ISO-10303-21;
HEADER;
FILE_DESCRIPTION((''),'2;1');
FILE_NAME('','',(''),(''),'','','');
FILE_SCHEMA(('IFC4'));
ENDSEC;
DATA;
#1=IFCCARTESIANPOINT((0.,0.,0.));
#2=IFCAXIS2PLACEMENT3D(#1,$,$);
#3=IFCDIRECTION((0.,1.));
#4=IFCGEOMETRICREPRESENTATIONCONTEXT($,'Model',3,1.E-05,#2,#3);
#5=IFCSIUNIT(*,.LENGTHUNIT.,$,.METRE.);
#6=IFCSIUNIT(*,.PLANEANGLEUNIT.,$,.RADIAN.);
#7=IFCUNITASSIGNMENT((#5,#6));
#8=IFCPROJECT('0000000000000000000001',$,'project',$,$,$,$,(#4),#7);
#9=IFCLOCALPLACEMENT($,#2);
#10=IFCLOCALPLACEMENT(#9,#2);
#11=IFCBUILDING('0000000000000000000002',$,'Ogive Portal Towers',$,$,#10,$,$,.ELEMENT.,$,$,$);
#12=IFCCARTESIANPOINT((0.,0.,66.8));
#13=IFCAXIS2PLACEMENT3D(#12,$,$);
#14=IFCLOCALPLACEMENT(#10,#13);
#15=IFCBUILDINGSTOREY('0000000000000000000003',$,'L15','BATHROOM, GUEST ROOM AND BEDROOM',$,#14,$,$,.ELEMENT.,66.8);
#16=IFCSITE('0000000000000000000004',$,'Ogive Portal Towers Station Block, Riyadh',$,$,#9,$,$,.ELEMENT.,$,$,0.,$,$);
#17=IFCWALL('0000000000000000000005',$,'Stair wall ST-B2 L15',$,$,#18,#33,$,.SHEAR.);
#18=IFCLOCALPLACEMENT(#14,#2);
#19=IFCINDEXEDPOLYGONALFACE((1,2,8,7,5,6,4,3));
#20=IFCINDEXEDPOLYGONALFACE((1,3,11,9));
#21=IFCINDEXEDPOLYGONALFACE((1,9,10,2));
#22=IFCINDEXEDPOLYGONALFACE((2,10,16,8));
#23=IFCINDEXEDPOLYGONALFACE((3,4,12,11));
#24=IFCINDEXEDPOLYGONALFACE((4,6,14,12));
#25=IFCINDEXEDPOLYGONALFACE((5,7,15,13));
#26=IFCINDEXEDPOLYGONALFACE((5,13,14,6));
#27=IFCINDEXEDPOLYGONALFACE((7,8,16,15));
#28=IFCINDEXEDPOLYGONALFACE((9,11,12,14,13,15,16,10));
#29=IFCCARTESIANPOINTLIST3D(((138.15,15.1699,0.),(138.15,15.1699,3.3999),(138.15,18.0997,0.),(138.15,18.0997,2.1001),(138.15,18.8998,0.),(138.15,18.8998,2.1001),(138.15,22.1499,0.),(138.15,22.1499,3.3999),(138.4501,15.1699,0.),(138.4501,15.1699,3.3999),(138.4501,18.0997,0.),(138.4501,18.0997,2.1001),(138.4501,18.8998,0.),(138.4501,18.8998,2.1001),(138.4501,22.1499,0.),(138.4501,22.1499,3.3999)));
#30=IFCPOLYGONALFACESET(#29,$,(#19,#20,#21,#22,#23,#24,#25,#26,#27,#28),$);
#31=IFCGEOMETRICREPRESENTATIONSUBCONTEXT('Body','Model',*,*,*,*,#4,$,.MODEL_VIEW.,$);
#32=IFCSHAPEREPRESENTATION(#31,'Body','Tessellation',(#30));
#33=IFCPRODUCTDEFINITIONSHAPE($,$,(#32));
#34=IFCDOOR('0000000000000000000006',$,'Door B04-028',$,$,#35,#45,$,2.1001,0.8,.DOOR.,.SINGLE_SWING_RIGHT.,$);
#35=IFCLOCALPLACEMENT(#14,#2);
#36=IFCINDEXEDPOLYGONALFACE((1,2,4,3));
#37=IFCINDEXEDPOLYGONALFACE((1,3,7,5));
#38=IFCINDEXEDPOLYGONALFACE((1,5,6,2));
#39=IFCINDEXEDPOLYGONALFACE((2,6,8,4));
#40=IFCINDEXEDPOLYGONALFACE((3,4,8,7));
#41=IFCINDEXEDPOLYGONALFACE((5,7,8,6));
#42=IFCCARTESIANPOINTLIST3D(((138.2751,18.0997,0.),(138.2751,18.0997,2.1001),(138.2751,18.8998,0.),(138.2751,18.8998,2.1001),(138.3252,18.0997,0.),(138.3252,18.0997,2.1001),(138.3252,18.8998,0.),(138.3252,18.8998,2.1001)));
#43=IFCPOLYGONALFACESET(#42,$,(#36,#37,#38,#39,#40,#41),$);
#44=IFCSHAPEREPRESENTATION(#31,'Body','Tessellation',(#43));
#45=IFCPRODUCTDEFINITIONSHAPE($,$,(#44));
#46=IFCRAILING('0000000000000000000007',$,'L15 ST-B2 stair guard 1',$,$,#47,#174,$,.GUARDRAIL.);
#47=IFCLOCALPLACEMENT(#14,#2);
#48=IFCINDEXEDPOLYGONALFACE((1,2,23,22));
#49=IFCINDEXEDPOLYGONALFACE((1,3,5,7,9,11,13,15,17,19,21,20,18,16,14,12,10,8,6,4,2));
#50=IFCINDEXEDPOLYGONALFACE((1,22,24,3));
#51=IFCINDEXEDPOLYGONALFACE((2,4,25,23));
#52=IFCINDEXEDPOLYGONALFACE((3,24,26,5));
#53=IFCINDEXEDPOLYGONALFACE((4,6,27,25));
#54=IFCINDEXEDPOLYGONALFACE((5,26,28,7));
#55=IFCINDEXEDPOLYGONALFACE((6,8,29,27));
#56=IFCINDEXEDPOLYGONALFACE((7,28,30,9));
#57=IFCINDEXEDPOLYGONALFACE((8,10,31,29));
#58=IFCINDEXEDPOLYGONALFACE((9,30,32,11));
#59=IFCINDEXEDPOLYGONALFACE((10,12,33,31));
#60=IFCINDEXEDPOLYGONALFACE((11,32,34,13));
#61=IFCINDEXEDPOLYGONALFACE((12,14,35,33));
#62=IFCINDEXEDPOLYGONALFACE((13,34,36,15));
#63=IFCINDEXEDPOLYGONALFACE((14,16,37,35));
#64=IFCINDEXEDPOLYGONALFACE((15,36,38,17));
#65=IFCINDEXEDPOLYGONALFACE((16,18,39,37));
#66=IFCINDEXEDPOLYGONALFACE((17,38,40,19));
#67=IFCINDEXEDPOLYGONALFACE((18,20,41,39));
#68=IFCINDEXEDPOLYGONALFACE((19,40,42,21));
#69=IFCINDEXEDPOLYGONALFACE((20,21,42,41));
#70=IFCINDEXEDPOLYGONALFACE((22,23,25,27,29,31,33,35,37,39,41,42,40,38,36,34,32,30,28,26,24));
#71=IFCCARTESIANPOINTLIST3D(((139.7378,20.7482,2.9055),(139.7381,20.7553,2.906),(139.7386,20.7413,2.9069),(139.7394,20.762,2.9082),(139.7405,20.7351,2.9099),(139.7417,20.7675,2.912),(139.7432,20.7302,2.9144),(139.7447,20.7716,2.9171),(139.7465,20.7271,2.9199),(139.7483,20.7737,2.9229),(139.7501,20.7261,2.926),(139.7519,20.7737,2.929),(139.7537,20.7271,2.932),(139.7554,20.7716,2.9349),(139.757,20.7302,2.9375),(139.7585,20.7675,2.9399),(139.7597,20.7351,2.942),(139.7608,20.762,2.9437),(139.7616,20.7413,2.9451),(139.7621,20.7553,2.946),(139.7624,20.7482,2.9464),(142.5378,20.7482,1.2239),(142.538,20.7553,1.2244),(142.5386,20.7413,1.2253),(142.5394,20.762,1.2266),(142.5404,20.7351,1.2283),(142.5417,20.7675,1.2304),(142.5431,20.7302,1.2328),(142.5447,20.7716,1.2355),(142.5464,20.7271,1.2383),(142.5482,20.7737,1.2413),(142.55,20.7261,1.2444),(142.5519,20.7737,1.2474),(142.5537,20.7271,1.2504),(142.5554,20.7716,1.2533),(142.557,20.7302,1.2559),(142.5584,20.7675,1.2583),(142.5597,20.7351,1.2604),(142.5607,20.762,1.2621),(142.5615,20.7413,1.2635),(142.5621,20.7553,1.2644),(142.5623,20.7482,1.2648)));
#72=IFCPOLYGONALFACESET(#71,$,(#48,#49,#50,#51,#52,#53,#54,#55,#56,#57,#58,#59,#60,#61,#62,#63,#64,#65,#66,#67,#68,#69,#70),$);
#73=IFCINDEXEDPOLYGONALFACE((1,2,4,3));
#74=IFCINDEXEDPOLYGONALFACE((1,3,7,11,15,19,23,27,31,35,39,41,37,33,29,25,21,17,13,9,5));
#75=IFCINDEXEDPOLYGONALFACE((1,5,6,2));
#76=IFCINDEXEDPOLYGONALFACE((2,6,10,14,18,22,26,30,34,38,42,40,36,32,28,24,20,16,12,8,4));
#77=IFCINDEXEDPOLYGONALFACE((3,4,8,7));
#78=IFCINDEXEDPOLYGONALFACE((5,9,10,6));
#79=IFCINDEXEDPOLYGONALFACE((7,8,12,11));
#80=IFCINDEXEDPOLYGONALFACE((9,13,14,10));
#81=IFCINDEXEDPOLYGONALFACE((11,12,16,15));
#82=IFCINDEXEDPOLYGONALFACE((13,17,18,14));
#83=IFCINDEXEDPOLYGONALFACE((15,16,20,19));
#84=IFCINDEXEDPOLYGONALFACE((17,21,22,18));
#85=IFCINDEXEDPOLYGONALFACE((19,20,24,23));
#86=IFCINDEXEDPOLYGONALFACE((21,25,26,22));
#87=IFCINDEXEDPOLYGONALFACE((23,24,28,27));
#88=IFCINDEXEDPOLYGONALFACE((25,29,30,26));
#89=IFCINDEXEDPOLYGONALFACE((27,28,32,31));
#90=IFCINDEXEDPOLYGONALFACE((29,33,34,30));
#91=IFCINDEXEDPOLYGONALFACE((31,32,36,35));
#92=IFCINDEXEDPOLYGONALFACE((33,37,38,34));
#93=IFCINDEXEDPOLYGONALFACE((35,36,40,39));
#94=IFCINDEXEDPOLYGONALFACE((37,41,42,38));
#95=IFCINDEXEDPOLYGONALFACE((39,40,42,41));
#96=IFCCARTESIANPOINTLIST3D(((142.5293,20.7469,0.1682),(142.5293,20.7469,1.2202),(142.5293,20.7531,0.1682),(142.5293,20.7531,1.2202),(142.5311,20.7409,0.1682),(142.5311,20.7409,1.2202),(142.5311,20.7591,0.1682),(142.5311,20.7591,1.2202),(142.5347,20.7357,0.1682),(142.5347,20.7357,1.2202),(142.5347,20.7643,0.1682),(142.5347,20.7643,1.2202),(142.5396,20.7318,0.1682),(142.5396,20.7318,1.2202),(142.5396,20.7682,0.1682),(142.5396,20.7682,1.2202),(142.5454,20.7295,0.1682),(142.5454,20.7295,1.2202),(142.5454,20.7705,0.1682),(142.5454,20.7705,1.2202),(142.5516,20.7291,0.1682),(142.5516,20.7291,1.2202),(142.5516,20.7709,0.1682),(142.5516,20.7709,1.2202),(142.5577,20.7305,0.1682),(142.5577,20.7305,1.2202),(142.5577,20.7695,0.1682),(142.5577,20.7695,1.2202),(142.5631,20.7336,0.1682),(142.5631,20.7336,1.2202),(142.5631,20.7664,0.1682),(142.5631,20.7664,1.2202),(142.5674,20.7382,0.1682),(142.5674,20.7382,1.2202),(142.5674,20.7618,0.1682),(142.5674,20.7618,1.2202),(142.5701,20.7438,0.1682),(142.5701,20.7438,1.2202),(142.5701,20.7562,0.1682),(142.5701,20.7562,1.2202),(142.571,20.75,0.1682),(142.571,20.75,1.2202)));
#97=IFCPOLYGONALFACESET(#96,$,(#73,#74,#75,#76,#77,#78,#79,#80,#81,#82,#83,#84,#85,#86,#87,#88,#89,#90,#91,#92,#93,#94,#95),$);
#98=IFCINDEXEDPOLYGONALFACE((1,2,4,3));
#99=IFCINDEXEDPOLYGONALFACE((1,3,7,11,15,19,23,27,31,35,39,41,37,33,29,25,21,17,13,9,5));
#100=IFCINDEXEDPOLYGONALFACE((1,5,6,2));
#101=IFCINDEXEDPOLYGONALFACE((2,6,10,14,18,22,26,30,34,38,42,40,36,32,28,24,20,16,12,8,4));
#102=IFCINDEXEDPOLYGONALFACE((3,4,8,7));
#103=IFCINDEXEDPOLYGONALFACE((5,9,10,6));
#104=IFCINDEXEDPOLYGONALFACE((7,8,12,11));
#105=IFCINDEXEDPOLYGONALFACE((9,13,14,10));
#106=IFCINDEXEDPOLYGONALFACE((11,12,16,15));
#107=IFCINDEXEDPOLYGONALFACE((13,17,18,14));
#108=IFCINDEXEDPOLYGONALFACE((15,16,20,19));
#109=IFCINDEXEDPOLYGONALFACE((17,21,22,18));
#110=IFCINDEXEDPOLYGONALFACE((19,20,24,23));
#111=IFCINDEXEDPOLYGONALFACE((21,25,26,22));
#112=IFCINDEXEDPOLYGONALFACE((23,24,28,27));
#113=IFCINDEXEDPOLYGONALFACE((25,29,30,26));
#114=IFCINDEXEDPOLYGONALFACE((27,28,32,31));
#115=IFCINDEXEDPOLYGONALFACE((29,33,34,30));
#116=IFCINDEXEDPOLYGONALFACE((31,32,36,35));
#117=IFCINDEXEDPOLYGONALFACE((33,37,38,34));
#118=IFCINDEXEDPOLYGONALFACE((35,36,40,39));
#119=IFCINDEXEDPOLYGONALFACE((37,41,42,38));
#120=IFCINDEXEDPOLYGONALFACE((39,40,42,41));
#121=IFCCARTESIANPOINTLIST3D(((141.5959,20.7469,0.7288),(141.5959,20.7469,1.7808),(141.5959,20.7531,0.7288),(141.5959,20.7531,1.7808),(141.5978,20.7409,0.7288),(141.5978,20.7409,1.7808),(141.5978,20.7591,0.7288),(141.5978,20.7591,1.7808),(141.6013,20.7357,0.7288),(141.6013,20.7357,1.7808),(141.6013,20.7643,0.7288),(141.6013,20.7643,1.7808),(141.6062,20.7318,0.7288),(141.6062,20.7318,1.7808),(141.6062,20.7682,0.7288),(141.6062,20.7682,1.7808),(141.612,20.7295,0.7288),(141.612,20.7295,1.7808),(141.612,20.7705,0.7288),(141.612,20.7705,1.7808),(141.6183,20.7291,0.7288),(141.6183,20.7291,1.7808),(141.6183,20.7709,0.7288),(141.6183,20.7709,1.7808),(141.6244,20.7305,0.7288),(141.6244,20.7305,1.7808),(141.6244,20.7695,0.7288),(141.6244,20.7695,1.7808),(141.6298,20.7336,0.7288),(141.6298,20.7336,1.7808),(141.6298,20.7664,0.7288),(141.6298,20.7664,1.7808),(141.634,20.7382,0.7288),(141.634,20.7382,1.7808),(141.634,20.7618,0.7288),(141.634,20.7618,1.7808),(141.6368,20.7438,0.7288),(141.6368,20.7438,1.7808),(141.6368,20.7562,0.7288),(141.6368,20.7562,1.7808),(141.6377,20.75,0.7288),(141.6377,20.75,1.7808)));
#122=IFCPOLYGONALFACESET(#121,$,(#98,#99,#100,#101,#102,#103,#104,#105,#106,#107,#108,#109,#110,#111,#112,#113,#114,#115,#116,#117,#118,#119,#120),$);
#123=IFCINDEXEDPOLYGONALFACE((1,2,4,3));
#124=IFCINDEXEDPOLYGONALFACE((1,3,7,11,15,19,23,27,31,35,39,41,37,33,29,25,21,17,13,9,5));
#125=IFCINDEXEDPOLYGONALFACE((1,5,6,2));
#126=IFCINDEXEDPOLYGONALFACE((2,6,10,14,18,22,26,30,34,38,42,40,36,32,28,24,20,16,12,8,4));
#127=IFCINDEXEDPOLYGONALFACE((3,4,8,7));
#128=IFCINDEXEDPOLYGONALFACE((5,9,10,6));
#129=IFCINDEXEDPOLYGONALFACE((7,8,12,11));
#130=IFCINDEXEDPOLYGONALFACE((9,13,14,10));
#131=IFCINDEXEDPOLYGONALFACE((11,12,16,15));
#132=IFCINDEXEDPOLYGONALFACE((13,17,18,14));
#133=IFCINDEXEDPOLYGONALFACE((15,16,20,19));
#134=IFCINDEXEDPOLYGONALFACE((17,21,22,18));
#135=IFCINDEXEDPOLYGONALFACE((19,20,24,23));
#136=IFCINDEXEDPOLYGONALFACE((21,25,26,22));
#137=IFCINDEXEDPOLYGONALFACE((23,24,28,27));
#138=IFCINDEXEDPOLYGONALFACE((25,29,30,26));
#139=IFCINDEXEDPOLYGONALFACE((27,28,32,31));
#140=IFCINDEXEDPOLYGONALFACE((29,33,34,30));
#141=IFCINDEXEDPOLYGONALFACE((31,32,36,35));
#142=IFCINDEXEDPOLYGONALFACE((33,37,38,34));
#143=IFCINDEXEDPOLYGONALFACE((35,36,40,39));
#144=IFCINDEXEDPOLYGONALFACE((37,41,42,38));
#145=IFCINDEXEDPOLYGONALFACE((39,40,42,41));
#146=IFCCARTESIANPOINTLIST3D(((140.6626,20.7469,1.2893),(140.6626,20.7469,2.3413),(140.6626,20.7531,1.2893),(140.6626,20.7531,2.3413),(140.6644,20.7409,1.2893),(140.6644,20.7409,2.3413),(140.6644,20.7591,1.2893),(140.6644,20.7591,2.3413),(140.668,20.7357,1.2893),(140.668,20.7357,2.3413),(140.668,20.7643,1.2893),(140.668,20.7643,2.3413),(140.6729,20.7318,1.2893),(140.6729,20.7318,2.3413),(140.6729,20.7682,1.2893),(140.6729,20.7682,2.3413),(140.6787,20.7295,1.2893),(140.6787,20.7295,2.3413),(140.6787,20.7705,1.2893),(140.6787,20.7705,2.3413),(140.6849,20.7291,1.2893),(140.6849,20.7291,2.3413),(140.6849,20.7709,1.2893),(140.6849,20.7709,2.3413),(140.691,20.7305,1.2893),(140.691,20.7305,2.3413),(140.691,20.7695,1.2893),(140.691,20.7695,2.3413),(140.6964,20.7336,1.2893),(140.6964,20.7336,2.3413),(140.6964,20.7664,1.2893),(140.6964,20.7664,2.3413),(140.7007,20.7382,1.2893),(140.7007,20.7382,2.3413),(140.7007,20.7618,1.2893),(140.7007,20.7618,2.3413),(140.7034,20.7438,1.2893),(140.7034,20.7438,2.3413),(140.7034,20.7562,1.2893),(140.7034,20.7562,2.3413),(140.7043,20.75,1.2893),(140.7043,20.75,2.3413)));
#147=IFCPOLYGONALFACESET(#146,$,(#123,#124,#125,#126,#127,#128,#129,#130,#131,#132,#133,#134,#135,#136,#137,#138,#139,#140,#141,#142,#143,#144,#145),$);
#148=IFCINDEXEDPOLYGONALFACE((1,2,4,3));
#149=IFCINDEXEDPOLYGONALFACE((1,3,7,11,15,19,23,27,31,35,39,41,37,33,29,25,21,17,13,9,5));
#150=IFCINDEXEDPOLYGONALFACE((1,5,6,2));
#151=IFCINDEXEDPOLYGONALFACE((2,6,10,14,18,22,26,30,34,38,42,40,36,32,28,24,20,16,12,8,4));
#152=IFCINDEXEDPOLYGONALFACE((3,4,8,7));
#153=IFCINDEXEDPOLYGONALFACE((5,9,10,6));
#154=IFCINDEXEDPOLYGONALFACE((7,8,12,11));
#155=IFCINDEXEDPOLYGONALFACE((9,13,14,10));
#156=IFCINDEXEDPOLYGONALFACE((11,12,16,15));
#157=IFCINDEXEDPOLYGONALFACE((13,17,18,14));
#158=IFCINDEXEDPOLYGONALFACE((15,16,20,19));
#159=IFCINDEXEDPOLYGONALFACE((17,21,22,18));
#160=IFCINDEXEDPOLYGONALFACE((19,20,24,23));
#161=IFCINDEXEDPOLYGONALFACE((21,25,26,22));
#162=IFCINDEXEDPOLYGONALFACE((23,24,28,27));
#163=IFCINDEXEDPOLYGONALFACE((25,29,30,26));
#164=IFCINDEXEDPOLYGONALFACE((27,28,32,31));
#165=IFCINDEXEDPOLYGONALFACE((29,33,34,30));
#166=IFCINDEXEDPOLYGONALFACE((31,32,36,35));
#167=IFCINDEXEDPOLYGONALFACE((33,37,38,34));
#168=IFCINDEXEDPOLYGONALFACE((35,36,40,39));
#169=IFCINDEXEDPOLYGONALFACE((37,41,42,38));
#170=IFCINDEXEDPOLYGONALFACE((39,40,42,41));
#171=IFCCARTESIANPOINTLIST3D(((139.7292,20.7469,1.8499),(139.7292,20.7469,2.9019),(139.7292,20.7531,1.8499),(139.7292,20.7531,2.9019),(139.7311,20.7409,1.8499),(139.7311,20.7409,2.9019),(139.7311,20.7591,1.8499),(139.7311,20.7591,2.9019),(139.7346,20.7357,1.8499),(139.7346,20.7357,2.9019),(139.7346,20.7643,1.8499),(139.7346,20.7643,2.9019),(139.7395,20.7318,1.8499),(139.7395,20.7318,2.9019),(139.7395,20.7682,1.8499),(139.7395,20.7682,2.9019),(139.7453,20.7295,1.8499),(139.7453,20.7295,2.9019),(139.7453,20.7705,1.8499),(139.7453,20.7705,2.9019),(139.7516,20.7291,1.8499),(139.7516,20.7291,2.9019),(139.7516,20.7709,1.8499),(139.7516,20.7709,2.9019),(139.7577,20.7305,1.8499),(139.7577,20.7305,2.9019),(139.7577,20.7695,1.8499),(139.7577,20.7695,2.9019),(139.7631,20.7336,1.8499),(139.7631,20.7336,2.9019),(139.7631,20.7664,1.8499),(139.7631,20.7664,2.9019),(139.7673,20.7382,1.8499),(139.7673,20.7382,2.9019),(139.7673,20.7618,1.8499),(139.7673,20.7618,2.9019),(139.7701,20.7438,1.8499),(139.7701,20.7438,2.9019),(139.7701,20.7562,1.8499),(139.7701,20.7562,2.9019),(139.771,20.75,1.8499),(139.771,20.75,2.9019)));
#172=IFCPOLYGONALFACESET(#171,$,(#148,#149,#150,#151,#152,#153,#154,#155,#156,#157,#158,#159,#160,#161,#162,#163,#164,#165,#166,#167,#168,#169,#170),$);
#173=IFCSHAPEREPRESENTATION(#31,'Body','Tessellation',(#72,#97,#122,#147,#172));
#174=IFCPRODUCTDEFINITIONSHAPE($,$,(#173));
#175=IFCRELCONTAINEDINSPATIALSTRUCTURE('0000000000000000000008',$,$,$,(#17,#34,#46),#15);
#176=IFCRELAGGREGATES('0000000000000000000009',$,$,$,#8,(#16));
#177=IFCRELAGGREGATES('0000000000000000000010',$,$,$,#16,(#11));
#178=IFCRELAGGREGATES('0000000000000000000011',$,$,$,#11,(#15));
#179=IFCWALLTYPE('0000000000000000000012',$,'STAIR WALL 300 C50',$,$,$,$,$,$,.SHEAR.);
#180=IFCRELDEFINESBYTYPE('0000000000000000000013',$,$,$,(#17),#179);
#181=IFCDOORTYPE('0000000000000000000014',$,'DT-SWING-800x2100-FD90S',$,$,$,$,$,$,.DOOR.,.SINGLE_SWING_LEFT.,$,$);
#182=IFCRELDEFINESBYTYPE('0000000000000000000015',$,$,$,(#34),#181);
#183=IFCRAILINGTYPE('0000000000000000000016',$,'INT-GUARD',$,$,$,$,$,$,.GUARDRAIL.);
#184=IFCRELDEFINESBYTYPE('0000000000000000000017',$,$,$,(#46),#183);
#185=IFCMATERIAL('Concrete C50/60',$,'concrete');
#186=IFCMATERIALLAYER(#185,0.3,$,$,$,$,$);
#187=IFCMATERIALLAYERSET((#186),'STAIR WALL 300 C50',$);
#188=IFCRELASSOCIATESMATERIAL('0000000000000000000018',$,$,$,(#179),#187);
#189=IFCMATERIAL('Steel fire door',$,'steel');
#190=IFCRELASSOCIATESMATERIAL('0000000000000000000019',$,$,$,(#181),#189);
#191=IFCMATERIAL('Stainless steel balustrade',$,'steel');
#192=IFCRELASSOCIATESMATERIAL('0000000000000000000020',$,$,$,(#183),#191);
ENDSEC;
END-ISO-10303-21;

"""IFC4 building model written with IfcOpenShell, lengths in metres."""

from ifc_helpers import new_model, si_unit, direction, frame, frame_2d, origin, origin_2d, place, context, subcontext, project, spatial, rectangle, circle, extrude, material, layer, layer_set, type_object, element, fill, save


model = new_model("IFC4")

# Units and contexts
model_context = context("Model", 3, precision=1e-05, world=origin(), true_north=direction((0.0, 1.0)))
body_context = subcontext(model_context, "Body", "Model", "MODEL_VIEW")
ifc_project = project(units=[si_unit("LENGTHUNIT", "METRE"), si_unit("PLANEANGLEUNIT", "RADIAN")], contexts=[model_context])

# Site, building, storey
site_placement = place(None, origin())
site = spatial("IfcSite", under=ifc_project, at=site_placement, Name="Ogive Portal Towers Station Block, Riyadh", CompositionType="ELEMENT", RefElevation=0.0)
building_placement = place(site_placement, origin())
building = spatial("IfcBuilding", under=site, at=building_placement, Name="Ogive Portal Towers", CompositionType="ELEMENT")
storey_placement = place(building_placement, frame((0.0, 0.0, 66.8)))
storey = spatial("IfcBuildingStorey", under=building, at=storey_placement, Name="L15", Description="BATHROOM, GUEST ROOM AND BEDROOM", CompositionType="ELEMENT", Elevation=66.8)

# Shared definitions
ifc_material_1 = material(Name="Concrete C50/60", Category="concrete")

# Shared definitions
ifc_material_2 = material(Name="Steel fire door", Category="steel")

# Shared definitions
ifc_layer_1 = layer(ifc_material_1, 0.3)
ifc_layer_set_1 = layer_set([ifc_layer_1], Name="STAIR WALL 300 C50")
wall_type_1 = type_object("IfcWallType", Name="STAIR WALL 300 C50", PredefinedType="SHEAR", material=ifc_layer_set_1)

# Wall, opening, door
wall_1_placement = place(storey_placement, frame((138.3, 15.1699, 0.0), z_axis=(0.0, 0.0, 1.0), x_axis=(0.0, 1.0, 0.0)))
wall_1 = element("IfcWall", 1, at=wall_1_placement, inside=storey, type_object=wall_type_1, Name="Stair wall ST-B2 L15", PredefinedType="SHEAR", context=body_context, shape_type="SweptSolid", body=[
    extrude(rectangle(XDim=6.98, YDim=0.3, at=frame_2d((3.49, 0.0))), origin(), (0.0, 0.0, 1.0), 3.3999),
])
opening_1_placement = place(wall_1_placement, frame((2.9299, 0.0, 0.0)))
opening_1 = element("IfcOpeningElement", 2, at=opening_1_placement, cuts=wall_1, PredefinedType="OPENING", context=body_context, shape_type="SweptSolid", body=[
    extrude(rectangle(XDim=0.8, YDim=2.1001, at=frame_2d((0.3999, 1.05))), frame((0.0, 0.1602, 0.0), z_axis=(0.0, -1.0, 0.0), x_axis=(1.0, 0.0, 0.0)), (0.0, 0.0, 1.0), 0.3201),
])
door_type_1 = type_object("IfcDoorType", Name="DT-SWING-800x2100-FD90S", OperationType="SINGLE_SWING_LEFT", PredefinedType="DOOR", material=ifc_material_2)
door_1_placement = place(opening_1_placement, origin())
door_1 = element("IfcDoor", 3, at=door_1_placement, inside=storey, type_object=door_type_1, Name="Door B04-028", OperationType="SINGLE_SWING_RIGHT", OverallHeight=2.1001, OverallWidth=0.8, PredefinedType="DOOR", context=body_context, shape_type="SweptSolid", body=[
    extrude(rectangle(XDim=0.8, YDim=2.1001, at=frame_2d((0.3999, 1.05))), frame((0.0, 0.0249, 0.0), z_axis=(0.0, -1.0, 0.0), x_axis=(1.0, 0.0, 0.0)), (0.0, 0.0, 1.0), 0.05),
])
fill(opening_1, door_1)

# Railing
ifc_material_3 = material(Name="Stainless steel balustrade", Category="steel")
railing_type_1 = type_object("IfcRailingType", Name="INT-GUARD", PredefinedType="GUARDRAIL", material=ifc_material_3)
railing_1_placement = place(storey_placement, frame((142.55, 20.75, 0.1682)))
element("IfcRailing", 4, at=railing_1_placement, inside=storey, type_object=railing_type_1, Name="L15 ST-B2 stair guard 1", PredefinedType="GUARDRAIL", context=body_context, shape_type="SweptSolid", body=[
    extrude(circle(Radius=0.0239, at=origin_2d()), frame((0.0, 0.0, 1.0762), z_axis=(-0.857275, 0.0, 0.514858), x_axis=(0.0, -1.0, 0.0)), (0.0, 0.0, 1.0), 3.2661),
    extrude(circle(Radius=0.021, at=origin_2d()), origin(), (0.0, 0.0, 1.0), 1.052),
    extrude(circle(Radius=0.021, at=origin_2d()), frame((-0.9333, 0.0, 0.5605)), (0.0, 0.0, 1.0), 1.052),
    extrude(circle(Radius=0.021, at=origin_2d()), frame((-1.8667, 0.0, 1.1211)), (0.0, 0.0, 1.0), 1.052),
    extrude(circle(Radius=0.021, at=origin_2d()), frame((-2.8, 0.0, 1.6816)), (0.0, 0.0, 1.0), 1.052),
])

save(model, "model.ifc")
